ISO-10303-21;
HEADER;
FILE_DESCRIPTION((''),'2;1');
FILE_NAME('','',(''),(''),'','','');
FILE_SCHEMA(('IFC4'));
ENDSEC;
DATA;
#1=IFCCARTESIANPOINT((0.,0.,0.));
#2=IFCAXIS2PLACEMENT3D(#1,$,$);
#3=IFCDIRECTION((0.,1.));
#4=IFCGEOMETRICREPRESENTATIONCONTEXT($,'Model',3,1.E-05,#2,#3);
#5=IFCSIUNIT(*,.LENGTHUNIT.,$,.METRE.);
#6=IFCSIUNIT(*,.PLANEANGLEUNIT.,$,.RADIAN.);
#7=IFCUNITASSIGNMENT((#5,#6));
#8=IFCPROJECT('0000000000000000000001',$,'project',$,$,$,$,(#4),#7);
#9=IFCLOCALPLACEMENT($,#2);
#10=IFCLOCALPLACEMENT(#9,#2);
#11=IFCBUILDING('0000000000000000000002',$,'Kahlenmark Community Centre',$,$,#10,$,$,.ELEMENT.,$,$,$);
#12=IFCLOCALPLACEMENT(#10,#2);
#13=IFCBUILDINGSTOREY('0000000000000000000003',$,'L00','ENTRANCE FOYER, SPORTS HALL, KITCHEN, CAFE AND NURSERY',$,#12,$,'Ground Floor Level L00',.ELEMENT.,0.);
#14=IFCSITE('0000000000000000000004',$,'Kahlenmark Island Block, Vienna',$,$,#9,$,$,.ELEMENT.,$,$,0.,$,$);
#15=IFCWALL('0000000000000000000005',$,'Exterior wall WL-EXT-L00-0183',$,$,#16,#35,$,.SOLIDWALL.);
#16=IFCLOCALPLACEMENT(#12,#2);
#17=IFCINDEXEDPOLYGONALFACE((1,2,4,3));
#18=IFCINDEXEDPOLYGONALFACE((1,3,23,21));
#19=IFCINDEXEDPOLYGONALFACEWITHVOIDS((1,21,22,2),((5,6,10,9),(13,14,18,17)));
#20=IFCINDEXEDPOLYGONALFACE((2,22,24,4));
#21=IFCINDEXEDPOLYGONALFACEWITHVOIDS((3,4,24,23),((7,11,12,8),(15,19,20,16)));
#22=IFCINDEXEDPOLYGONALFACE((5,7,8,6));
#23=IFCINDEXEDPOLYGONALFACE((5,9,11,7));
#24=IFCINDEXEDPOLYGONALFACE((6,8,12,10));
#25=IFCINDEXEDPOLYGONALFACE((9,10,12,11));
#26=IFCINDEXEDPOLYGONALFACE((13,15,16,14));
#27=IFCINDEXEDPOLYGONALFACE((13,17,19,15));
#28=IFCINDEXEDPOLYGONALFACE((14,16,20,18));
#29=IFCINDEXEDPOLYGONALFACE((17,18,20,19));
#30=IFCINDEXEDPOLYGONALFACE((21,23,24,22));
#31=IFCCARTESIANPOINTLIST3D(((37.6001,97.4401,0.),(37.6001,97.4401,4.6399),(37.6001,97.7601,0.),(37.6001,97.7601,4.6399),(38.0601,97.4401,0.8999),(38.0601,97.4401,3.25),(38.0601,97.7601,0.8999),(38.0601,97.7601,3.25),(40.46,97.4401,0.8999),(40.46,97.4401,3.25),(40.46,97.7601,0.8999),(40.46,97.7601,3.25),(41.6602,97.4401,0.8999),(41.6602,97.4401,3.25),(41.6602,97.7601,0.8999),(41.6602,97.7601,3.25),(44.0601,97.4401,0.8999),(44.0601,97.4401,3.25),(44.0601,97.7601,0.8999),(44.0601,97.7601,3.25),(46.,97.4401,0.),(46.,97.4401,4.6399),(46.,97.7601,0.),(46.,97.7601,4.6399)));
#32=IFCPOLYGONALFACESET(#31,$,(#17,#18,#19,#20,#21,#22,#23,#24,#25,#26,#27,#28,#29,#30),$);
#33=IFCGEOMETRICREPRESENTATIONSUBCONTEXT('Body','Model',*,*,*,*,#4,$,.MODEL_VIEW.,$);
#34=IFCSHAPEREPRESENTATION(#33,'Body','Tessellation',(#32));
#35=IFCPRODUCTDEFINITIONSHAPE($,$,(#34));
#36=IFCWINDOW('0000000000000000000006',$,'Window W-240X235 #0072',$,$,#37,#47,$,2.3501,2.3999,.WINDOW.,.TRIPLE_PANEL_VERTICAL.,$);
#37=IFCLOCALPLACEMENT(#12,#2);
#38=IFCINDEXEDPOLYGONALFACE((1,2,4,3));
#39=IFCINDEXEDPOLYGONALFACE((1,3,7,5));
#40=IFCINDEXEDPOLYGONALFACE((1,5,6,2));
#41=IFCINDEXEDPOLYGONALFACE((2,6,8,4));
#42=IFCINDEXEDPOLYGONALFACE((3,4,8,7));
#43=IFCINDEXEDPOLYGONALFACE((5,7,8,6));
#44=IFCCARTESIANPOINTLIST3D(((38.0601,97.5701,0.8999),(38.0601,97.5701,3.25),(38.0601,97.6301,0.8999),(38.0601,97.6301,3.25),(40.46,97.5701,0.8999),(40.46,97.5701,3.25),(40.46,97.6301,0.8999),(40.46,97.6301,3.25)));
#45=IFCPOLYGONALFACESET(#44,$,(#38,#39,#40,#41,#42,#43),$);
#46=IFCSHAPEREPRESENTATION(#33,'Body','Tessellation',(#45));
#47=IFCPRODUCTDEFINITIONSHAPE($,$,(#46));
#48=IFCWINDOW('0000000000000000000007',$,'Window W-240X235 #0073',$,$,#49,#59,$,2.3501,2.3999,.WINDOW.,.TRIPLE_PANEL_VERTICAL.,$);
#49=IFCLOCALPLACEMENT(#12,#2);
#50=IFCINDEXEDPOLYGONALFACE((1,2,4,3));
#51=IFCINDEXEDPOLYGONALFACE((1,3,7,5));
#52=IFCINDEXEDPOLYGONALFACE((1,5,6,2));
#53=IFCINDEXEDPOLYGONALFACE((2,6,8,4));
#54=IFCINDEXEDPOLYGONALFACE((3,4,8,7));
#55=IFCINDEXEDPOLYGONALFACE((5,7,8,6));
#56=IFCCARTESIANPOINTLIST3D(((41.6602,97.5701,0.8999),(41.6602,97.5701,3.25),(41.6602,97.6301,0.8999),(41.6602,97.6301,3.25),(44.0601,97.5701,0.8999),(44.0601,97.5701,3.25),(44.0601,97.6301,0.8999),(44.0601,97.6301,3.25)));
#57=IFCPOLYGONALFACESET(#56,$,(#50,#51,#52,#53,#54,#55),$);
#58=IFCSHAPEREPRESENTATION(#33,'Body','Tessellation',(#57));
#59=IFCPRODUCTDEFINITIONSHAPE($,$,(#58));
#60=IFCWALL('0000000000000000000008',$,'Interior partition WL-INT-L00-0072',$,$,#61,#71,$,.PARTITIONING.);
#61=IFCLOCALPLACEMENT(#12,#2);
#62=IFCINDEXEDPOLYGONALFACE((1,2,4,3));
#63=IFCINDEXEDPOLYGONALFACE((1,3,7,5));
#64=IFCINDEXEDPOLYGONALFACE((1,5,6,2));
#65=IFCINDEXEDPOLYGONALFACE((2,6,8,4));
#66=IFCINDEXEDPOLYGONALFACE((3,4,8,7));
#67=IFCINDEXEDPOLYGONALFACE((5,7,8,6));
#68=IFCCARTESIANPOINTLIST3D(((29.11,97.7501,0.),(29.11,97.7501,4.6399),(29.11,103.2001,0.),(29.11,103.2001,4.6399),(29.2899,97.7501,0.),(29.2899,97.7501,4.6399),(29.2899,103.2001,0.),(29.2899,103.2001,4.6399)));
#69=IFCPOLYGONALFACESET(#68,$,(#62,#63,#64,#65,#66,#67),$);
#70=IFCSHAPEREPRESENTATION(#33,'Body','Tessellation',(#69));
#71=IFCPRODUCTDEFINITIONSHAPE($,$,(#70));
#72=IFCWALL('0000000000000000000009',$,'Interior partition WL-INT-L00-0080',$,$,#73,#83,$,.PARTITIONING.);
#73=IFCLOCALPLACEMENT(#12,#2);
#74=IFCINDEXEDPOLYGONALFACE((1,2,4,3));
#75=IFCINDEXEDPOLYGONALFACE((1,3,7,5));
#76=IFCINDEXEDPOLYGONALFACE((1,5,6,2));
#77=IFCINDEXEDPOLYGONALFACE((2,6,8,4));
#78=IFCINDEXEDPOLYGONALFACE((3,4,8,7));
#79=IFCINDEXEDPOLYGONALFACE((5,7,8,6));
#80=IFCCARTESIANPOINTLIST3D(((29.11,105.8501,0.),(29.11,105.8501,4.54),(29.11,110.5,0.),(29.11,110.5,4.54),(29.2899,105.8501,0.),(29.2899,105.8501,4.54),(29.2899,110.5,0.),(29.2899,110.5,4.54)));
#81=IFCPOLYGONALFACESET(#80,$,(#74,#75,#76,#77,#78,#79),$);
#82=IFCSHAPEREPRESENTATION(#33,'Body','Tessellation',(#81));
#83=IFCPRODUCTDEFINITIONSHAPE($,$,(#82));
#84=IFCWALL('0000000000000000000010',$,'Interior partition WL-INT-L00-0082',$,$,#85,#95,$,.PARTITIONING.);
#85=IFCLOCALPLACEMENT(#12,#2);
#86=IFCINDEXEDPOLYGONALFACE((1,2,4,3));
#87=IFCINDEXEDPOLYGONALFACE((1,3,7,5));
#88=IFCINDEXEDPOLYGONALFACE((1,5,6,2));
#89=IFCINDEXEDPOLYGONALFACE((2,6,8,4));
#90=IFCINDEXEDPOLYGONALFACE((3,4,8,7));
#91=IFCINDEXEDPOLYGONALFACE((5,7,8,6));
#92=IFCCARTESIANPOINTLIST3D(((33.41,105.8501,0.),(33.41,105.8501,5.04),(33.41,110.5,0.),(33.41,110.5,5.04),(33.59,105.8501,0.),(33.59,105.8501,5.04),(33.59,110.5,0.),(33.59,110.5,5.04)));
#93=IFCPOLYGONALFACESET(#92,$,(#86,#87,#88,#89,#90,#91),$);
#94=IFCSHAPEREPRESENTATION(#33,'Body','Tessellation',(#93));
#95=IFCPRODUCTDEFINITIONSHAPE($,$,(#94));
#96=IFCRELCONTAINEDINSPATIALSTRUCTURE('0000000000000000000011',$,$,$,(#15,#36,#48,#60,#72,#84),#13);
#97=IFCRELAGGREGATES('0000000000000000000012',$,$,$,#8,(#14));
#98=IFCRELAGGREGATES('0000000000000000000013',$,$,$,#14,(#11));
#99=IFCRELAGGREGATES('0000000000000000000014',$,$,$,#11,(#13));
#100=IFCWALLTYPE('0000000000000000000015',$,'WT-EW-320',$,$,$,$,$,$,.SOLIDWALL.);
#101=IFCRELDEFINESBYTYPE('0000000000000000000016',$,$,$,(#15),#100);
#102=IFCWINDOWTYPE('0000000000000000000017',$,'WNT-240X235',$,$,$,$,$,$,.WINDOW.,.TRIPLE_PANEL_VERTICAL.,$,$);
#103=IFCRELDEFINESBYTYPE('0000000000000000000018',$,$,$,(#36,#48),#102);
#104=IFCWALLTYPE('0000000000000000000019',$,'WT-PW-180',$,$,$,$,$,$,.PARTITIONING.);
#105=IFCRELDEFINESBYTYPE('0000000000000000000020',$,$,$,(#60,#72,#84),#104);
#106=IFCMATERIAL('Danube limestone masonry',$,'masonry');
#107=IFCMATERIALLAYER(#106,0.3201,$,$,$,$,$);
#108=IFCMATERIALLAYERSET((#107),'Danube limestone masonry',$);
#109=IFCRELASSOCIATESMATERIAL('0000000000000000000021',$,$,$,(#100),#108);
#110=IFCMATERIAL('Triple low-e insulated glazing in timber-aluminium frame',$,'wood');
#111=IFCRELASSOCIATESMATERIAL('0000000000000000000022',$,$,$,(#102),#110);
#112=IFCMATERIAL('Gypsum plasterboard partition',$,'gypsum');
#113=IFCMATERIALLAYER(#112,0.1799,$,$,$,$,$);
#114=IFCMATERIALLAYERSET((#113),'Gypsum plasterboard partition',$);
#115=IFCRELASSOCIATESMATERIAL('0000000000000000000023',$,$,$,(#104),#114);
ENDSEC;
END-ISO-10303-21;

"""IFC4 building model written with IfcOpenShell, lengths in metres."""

from ifc_helpers import new_model, si_unit, direction, frame, frame_2d, origin, place, context, subcontext, project, spatial, rectangle, extrude, material, layer, layer_set, type_object, element, fill, save


model = new_model("IFC4")

# Units and contexts
model_context = context("Model", 3, precision=1e-05, world=origin(), true_north=direction((0.0, 1.0)))
body_context = subcontext(model_context, "Body", "Model", "MODEL_VIEW")
ifc_project = project(units=[si_unit("LENGTHUNIT", "METRE"), si_unit("PLANEANGLEUNIT", "RADIAN")], contexts=[model_context])

# Site, building, storey
site_placement = place(None, origin())
site = spatial("IfcSite", under=ifc_project, at=site_placement, Name="Kahlenmark Island Block, Vienna", CompositionType="ELEMENT", RefElevation=0.0)
building_placement = place(site_placement, origin())
building = spatial("IfcBuilding", under=site, at=building_placement, Name="Kahlenmark Community Centre", CompositionType="ELEMENT")
storey_placement = place(building_placement, origin())
storey = spatial("IfcBuildingStorey", under=building, at=storey_placement, Name="L00", Description="ENTRANCE FOYER, SPORTS HALL, KITCHEN, CAFE AND NURSERY", LongName="Ground Floor Level L00", CompositionType="ELEMENT", Elevation=0.0)

# Wall, openings, windows
ifc_material_1 = material(Name="Danube limestone masonry", Category="masonry")
ifc_layer_1 = layer(ifc_material_1, 0.3201)
ifc_layer_set_1 = layer_set([ifc_layer_1], Name="Danube limestone masonry")
wall_type_1 = type_object("IfcWallType", Name="WT-EW-320", PredefinedType="SOLIDWALL", material=ifc_layer_set_1)
ifc_material_2 = material(Name="Triple low-e insulated glazing in timber-aluminium frame", Category="wood")
window_type = type_object("IfcWindowType", Name="WNT-240X235", PartitioningType="TRIPLE_PANEL_VERTICAL", PredefinedType="WINDOW", material=ifc_material_2)
wall_1_placement = place(storey_placement, frame((37.6001, 97.6001, 0.0), z_axis=(0.0, 0.0, 1.0), x_axis=(1.0, 0.0, 0.0)))
wall_1 = element("IfcWall", 1, at=wall_1_placement, inside=storey, type_object=wall_type_1, Name="Exterior wall WL-EXT-L00-0183", PredefinedType="SOLIDWALL", context=body_context, shape_type="SweptSolid", body=[
    extrude(rectangle(XDim=8.3999, YDim=0.3201, at=frame_2d((4.2, 0.0))), origin(), (0.0, 0.0, 1.0), 4.6399),
])
opening_1_placement = place(wall_1_placement, frame((0.46, 0.0, 0.8999)))
opening_1 = element("IfcOpeningElement", 2, at=opening_1_placement, cuts=wall_1, PredefinedType="OPENING", context=body_context, shape_type="SweptSolid", body=[
    extrude(rectangle(XDim=2.3999, YDim=2.3501, at=frame_2d((1.2, 1.175))), frame((0.0, 0.1699, 0.0), z_axis=(0.0, -1.0, 0.0), x_axis=(1.0, 0.0, 0.0)), (0.0, 0.0, 1.0), 0.3401),
])
opening_2_placement = place(wall_1_placement, frame((4.0601, 0.0, 0.8999)))
opening_2 = element("IfcOpeningElement", 3, at=opening_2_placement, cuts=wall_1, PredefinedType="OPENING", context=body_context, shape_type="SweptSolid", body=[
    extrude(rectangle(XDim=2.3999, YDim=2.3501, at=frame_2d((1.2, 1.175))), frame((0.0, 0.1699, 0.0), z_axis=(0.0, -1.0, 0.0), x_axis=(1.0, 0.0, 0.0)), (0.0, 0.0, 1.0), 0.3401),
])
window_1_placement = place(opening_1_placement, origin())
window_1 = element("IfcWindow", 4, at=window_1_placement, inside=storey, type_object=window_type, Name="Window W-240X235 #0072", OverallHeight=2.3501, OverallWidth=2.3999, PartitioningType="TRIPLE_PANEL_VERTICAL", PredefinedType="WINDOW", context=body_context, shape_type="SweptSolid", body=[
    extrude(rectangle(XDim=2.3999, YDim=2.3501, at=frame_2d((1.2, 1.175))), frame((0.0, 0.03, 0.0), z_axis=(0.0, -1.0, 0.0), x_axis=(1.0, 0.0, 0.0)), (0.0, 0.0, 1.0), 0.0601),
])
fill(opening_1, window_1)
window_2_placement = place(opening_2_placement, origin())
window_2 = element("IfcWindow", 5, at=window_2_placement, inside=storey, type_object=window_type, Name="Window W-240X235 #0073", OverallHeight=2.3501, OverallWidth=2.3999, PartitioningType="TRIPLE_PANEL_VERTICAL", PredefinedType="WINDOW", context=body_context, shape_type="SweptSolid", body=[
    extrude(rectangle(XDim=2.3999, YDim=2.3501, at=frame_2d((1.2, 1.175))), frame((0.0, 0.03, 0.0), z_axis=(0.0, -1.0, 0.0), x_axis=(1.0, 0.0, 0.0)), (0.0, 0.0, 1.0), 0.0601),
])
fill(opening_2, window_2)

# Shared definitions
ifc_material_3 = material(Name="Gypsum plasterboard partition", Category="gypsum")
ifc_layer_2 = layer(ifc_material_3, 0.1799)
ifc_layer_set_2 = layer_set([ifc_layer_2], Name="Gypsum plasterboard partition")
wall_type_2 = type_object("IfcWallType", Name="WT-PW-180", PredefinedType="PARTITIONING", material=ifc_layer_set_2)

# Wall
wall_2_placement = place(storey_placement, frame((29.2, 97.75, 0.0), z_axis=(0.0, 0.0, 1.0), x_axis=(0.0, 1.0, 0.0)))
element("IfcWall", 6, at=wall_2_placement, inside=storey, type_object=wall_type_2, Name="Interior partition WL-INT-L00-0072", PredefinedType="PARTITIONING", context=body_context, shape_type="SweptSolid", body=[
    extrude(rectangle(XDim=5.45, YDim=0.1799, at=frame_2d((2.7251, 0.0))), origin(), (0.0, 0.0, 1.0), 4.6399),
])

# Walls
wall_3_placement = place(storey_placement, frame((29.2, 105.8501, 0.0), z_axis=(0.0, 0.0, 1.0), x_axis=(0.0, 1.0, 0.0)))
element("IfcWall", 7, at=wall_3_placement, inside=storey, type_object=wall_type_2, Name="Interior partition WL-INT-L00-0080", PredefinedType="PARTITIONING", context=body_context, shape_type="SweptSolid", body=[
    extrude(rectangle(XDim=4.6499, YDim=0.1799, at=frame_2d((2.325, 0.0))), origin(), (0.0, 0.0, 1.0), 4.54),
])
wall_4_placement = place(storey_placement, frame((33.5, 105.8501, 0.0), z_axis=(0.0, 0.0, 1.0), x_axis=(0.0, 1.0, 0.0)))
element("IfcWall", 8, at=wall_4_placement, inside=storey, type_object=wall_type_2, Name="Interior partition WL-INT-L00-0082", PredefinedType="PARTITIONING", context=body_context, shape_type="SweptSolid", body=[
    extrude(rectangle(XDim=4.6499, YDim=0.1799, at=frame_2d((2.325, 0.0))), origin(), (0.0, 0.0, 1.0), 5.04),
])

save(model, "model.ifc")
